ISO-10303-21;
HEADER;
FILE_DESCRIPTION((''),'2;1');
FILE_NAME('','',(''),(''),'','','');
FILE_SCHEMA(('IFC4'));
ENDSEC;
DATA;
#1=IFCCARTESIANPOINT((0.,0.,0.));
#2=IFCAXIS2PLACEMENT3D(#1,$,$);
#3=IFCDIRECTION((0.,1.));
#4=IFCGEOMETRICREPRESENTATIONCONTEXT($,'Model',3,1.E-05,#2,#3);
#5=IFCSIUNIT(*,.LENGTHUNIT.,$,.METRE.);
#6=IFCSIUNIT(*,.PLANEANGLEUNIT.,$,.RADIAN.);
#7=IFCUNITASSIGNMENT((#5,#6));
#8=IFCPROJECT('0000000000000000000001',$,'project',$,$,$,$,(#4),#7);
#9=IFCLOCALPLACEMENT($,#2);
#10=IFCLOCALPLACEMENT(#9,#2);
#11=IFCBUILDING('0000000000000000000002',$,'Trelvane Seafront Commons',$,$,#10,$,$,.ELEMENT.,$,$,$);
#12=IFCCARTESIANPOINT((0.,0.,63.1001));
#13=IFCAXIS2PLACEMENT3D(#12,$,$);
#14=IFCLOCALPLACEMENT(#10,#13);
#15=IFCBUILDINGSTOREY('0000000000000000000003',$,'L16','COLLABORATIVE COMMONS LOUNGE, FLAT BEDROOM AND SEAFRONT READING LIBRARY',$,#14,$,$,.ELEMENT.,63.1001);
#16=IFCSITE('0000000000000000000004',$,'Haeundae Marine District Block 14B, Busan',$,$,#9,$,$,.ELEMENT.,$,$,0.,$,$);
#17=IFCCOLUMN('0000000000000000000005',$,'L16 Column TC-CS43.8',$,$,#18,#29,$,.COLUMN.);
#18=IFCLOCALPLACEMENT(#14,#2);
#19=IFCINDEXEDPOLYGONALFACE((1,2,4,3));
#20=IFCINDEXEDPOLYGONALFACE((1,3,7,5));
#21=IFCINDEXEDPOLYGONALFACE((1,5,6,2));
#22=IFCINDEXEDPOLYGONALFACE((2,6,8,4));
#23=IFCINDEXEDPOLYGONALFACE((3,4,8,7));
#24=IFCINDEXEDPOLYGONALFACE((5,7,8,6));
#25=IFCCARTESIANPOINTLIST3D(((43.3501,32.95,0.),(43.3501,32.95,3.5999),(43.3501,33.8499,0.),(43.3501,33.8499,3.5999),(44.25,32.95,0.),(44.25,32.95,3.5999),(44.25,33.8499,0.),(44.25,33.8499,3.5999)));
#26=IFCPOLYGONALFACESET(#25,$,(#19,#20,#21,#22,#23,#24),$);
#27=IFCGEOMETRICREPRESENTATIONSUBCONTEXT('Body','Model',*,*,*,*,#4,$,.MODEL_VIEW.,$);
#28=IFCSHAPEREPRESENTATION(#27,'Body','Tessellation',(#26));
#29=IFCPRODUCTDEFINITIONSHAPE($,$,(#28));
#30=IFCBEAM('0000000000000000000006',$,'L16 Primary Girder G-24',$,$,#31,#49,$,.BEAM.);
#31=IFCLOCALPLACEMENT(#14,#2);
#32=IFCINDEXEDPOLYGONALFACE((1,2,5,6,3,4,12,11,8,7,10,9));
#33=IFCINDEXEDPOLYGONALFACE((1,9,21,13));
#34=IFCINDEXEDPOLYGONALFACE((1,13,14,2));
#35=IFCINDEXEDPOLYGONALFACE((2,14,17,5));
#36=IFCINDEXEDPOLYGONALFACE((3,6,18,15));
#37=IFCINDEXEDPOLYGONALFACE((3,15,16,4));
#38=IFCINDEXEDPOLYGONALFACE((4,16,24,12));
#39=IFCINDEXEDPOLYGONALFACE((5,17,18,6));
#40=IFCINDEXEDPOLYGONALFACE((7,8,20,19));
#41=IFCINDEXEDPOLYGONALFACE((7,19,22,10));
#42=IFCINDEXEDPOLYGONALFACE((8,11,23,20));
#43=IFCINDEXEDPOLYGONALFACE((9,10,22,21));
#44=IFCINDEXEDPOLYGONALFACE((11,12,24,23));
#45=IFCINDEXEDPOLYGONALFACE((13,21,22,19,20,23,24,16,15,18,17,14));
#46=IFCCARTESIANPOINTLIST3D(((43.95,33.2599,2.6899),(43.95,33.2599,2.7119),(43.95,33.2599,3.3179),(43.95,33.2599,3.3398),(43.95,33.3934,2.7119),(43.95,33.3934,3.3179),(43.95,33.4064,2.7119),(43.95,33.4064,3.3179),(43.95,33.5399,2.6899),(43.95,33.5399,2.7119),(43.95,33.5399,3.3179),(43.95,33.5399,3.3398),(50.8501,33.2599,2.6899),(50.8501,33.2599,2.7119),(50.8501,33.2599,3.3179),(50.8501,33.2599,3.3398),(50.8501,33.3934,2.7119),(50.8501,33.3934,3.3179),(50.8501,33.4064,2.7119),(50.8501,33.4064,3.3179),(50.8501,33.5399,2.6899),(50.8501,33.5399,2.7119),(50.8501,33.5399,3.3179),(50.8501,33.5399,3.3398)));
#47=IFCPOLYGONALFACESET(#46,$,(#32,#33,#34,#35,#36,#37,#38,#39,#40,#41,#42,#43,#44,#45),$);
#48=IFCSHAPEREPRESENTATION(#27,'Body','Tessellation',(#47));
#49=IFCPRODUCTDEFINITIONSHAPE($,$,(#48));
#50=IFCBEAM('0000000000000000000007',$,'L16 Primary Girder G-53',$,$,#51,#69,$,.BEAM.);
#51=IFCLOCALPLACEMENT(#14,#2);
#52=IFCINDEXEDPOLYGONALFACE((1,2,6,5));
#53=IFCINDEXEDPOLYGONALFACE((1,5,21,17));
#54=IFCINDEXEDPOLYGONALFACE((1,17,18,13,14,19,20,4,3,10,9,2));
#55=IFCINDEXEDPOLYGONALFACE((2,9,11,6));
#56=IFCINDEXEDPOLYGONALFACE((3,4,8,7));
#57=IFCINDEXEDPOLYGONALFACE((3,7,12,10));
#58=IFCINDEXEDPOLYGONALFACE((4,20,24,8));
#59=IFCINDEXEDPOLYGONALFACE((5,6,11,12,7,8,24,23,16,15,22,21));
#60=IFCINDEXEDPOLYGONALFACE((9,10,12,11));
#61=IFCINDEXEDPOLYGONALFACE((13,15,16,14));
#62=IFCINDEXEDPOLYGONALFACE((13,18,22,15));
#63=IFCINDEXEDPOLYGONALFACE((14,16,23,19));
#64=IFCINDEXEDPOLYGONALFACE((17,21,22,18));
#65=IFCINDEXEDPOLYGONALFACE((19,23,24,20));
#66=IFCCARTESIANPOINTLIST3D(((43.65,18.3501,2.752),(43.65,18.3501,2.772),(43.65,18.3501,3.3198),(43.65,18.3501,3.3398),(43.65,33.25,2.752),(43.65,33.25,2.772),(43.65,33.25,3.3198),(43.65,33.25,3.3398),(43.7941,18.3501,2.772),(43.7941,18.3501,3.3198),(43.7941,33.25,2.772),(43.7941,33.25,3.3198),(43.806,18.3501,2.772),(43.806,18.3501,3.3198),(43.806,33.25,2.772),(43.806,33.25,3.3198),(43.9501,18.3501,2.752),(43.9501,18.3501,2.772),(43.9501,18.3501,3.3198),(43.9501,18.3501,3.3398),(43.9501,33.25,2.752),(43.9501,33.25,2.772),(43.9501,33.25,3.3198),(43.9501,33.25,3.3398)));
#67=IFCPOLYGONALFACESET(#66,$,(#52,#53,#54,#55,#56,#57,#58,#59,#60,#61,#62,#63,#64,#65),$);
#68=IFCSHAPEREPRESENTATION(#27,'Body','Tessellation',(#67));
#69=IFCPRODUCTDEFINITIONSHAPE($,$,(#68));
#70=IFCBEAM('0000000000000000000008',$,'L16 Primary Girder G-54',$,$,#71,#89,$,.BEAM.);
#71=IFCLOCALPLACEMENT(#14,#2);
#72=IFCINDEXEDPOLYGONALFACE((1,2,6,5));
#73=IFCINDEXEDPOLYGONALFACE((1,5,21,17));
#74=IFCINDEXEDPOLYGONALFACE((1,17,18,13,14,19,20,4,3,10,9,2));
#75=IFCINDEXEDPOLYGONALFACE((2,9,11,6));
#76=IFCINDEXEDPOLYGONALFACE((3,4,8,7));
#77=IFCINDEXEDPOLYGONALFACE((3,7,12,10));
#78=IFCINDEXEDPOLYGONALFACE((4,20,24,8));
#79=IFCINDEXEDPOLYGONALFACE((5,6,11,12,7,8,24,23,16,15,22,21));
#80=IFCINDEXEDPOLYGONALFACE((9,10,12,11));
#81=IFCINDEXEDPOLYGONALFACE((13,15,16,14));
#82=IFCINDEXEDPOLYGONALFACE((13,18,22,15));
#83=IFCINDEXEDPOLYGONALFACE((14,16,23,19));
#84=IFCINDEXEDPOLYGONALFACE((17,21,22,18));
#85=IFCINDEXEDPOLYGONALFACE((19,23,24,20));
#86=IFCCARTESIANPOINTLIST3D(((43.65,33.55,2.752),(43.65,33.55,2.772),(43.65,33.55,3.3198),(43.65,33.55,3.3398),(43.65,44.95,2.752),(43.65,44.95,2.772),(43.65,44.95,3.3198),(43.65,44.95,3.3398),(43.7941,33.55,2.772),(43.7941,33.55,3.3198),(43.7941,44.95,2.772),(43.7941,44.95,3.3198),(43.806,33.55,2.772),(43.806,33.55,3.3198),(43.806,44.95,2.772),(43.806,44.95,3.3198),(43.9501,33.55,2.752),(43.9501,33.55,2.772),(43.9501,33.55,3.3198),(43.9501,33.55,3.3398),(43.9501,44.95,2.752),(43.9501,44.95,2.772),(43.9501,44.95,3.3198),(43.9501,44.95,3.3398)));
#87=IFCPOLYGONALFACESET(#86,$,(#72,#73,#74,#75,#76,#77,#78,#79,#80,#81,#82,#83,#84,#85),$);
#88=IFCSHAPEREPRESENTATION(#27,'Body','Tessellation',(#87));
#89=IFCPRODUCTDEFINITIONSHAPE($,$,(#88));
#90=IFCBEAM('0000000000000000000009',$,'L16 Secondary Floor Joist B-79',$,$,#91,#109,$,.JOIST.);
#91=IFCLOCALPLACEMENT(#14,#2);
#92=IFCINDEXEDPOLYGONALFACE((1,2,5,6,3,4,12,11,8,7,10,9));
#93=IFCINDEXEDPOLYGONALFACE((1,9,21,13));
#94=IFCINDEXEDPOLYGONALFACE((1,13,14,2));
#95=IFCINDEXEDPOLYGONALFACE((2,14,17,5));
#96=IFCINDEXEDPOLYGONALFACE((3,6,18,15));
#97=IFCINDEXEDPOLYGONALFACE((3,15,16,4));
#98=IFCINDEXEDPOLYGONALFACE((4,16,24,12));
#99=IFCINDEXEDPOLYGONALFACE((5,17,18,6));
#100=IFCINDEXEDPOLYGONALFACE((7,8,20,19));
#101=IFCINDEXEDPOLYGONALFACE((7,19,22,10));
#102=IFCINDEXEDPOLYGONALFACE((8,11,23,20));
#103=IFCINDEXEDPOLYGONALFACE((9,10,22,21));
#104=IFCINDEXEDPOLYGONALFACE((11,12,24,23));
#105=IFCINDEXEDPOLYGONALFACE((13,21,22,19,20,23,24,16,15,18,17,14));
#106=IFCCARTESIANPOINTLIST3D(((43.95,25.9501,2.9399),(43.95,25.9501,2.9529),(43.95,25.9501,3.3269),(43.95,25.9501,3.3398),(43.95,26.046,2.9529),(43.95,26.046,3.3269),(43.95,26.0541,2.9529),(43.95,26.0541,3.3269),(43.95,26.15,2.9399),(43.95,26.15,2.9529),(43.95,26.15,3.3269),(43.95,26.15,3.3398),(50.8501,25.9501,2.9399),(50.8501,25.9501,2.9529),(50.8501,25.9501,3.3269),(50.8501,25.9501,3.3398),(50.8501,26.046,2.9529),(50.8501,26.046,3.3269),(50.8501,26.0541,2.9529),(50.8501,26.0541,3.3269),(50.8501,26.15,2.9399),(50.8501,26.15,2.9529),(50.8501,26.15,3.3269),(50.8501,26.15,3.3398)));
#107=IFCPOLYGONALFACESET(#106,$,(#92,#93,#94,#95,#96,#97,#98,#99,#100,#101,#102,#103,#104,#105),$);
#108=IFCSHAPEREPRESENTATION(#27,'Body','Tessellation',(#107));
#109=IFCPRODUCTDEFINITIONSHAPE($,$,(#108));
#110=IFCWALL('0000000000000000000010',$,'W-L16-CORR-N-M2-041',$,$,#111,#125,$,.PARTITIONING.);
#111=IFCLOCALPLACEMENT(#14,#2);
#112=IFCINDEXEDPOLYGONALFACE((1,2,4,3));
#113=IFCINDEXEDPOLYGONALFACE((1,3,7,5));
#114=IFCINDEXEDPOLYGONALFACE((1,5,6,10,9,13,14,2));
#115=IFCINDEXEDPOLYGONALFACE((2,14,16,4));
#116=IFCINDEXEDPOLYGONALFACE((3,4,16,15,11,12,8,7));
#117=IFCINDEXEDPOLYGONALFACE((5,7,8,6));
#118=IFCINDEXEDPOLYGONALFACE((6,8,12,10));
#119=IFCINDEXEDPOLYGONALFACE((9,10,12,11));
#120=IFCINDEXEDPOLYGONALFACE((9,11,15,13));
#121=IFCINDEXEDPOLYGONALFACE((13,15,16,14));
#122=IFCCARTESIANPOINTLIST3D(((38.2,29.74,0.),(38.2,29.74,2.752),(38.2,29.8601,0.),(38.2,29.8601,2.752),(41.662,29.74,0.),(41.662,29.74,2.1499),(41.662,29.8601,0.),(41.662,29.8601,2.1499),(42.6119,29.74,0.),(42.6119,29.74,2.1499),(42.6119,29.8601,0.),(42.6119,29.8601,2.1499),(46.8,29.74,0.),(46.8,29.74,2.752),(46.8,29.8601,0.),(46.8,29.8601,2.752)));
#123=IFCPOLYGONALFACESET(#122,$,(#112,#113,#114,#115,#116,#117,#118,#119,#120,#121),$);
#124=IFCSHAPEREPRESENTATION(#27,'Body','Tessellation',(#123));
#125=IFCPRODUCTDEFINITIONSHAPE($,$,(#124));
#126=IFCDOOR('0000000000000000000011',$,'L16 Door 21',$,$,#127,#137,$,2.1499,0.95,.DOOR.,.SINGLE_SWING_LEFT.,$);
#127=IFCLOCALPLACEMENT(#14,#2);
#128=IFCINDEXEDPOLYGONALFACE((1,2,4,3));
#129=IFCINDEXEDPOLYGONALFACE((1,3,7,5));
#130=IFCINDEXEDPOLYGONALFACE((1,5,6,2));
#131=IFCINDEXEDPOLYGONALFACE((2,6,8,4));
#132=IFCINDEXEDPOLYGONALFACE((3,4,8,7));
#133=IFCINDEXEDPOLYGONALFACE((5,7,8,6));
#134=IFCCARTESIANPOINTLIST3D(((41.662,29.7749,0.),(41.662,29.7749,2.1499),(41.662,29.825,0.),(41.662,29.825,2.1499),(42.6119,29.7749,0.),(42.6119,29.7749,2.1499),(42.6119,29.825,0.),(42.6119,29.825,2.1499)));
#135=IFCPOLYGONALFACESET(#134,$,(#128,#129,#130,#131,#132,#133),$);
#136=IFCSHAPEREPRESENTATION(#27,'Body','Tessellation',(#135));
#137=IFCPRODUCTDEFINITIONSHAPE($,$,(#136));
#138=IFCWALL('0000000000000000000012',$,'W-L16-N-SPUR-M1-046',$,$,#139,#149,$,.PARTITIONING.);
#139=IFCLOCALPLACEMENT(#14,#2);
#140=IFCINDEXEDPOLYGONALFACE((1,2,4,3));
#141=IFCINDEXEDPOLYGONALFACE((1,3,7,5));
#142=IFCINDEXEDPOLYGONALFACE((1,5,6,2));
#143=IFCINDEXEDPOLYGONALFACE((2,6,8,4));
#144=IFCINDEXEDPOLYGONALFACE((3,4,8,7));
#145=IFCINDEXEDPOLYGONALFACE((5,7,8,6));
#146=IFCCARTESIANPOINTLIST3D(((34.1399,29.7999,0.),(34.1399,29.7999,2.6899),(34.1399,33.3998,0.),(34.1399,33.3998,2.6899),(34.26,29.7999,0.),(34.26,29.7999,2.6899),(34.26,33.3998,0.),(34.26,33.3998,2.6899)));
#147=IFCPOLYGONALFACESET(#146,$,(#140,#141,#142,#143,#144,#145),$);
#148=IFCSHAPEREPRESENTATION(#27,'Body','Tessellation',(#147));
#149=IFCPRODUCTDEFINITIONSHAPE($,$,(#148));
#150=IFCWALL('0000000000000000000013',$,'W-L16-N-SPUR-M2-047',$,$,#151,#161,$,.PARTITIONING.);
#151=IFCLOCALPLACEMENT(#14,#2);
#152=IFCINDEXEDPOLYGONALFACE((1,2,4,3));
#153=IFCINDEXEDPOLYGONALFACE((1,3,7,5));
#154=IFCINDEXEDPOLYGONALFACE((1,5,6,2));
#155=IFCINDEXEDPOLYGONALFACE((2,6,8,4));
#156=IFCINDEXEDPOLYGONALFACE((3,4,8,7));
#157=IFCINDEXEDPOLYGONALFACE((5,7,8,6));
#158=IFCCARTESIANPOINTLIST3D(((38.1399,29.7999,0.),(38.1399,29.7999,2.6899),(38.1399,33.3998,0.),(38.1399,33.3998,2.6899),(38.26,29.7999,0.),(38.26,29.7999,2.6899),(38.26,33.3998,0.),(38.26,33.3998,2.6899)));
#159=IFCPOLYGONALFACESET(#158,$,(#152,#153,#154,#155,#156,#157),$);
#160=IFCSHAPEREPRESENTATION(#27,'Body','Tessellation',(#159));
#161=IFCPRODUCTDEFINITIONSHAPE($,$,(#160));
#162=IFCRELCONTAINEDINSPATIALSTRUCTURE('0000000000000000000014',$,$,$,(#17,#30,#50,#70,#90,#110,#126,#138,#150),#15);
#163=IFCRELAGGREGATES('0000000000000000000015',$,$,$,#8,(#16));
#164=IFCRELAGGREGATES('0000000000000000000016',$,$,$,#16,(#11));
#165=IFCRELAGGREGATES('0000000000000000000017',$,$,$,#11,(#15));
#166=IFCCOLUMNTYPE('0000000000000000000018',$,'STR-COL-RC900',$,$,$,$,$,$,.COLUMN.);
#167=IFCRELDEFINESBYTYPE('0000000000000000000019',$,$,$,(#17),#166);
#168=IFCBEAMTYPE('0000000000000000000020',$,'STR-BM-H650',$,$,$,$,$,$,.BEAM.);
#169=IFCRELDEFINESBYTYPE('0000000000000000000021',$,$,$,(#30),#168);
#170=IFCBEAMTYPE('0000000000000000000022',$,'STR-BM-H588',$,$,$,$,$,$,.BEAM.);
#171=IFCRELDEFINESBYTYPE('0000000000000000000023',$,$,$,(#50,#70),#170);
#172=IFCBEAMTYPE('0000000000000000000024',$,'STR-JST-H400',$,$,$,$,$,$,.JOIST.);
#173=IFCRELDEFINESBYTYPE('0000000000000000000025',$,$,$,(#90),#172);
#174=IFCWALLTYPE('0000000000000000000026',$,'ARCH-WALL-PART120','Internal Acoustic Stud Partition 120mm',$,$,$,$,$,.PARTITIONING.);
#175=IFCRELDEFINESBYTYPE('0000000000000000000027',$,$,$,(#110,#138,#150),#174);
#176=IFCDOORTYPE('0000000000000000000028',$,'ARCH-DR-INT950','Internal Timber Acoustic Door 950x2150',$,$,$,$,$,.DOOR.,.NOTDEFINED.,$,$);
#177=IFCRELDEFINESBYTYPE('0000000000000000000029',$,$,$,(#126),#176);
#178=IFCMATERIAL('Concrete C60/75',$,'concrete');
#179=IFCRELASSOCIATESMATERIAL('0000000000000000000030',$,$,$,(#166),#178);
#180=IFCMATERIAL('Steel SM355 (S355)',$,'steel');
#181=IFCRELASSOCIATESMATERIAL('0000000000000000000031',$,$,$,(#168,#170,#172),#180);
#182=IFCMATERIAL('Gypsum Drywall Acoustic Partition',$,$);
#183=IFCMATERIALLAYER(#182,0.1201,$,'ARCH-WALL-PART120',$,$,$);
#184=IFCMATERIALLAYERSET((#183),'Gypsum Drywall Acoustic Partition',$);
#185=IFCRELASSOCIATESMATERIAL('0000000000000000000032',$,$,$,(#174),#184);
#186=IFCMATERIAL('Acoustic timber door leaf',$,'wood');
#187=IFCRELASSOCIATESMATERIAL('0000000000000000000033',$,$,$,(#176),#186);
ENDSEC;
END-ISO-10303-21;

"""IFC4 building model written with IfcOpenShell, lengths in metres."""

from ifc_helpers import new_model, si_unit, direction, frame, frame_2d, origin, origin_2d, place, context, subcontext, project, spatial, rectangle, i_section, extrude, source, transform, mapped, material, layer, layer_set, material_profile, profile_set, type_object, element, fill, save


model = new_model("IFC4")

# Units and contexts
model_context = context("Model", 3, precision=1e-05, world=origin(), true_north=direction((0.0, 1.0)))
body_context = subcontext(model_context, "Body", "Model", "MODEL_VIEW")
ifc_project = project(units=[si_unit("LENGTHUNIT", "METRE"), si_unit("PLANEANGLEUNIT", "RADIAN")], contexts=[model_context])

# Site, building, storey
site_placement = place(None, origin())
site = spatial("IfcSite", under=ifc_project, at=site_placement, Name="Haeundae Marine District Block 14B, Busan", CompositionType="ELEMENT", RefElevation=0.0)
building_placement = place(site_placement, origin())
building = spatial("IfcBuilding", under=site, at=building_placement, Name="Trelvane Seafront Commons", CompositionType="ELEMENT")
storey_placement = place(building_placement, frame((0.0, 0.0, 63.1001)))
storey = spatial("IfcBuildingStorey", under=building, at=storey_placement, Name="L16", Description="COLLABORATIVE COMMONS LOUNGE, FLAT BEDROOM AND SEAFRONT READING LIBRARY", CompositionType="ELEMENT", Elevation=63.1001)

# Column
ifc_material_1 = material(Name="Concrete C60/75", Category="concrete")
ifc_material_profile_1 = material_profile(ifc_material_1, rectangle(XDim=0.8999, YDim=0.8999, at=origin_2d()), Name="RC-900x900")
ifc_profile_set_1 = profile_set([ifc_material_profile_1], Name="Concrete C60/75")
column_type = type_object("IfcColumnType", Name="STR-COL-RC900", PredefinedType="COLUMN", material=ifc_profile_set_1)
shared_shape_1 = source(origin(), body_context, "Body", "SweptSolid", [
    extrude(rectangle(XDim=0.8999, YDim=0.8999, at=origin_2d()), origin(), (0.0, 0.0, 1.0), 3.5999),
])
column_placement = place(storey_placement, frame((43.8, 33.3999, 0.0), z_axis=(0.0, 0.0, 1.0), x_axis=(1.0, 0.0, 0.0)))
element("IfcColumn", 1, at=column_placement, inside=storey, type_object=column_type, Name="L16 Column TC-CS43.8", PredefinedType="COLUMN", context=body_context, shape_type="MappedRepresentation", body=[
    mapped(shared_shape_1, transform((0.0, 0.0, 0.0), x_axis=(1.0, 0.0, 0.0), y_axis=(0.0, 1.0, 0.0), z_axis=(0.0, 0.0, 1.0), scale=1.0)),
])

# Beams
ifc_material_2 = material(Name="Steel SM355 (S355)", Category="steel")
ifc_material_profile_2 = material_profile(ifc_material_2, i_section(OverallWidth=0.28, OverallDepth=0.6499, WebThickness=0.0129, FlangeThickness=0.022, at=origin_2d()), Name="H-650x280x13x22")
ifc_profile_set_2 = profile_set([ifc_material_profile_2], Name="Steel SM355 (S355)")
beam_type_1 = type_object("IfcBeamType", Name="STR-BM-H650", PredefinedType="BEAM", material=ifc_profile_set_2)
shared_shape_2 = source(origin(), body_context, "Body", "SweptSolid", [
    extrude(i_section(OverallWidth=0.28, OverallDepth=0.6499, WebThickness=0.0129, FlangeThickness=0.022, at=origin_2d()), origin(), (0.0, 0.0, 1.0), 6.9001),
])
beam_1_placement = place(storey_placement, frame((43.95, 33.3999, 3.0149), z_axis=(1.0, 0.0, 0.0), x_axis=(0.0, 1.0, 0.0)))
element("IfcBeam", 2, at=beam_1_placement, inside=storey, type_object=beam_type_1, Name="L16 Primary Girder G-24", PredefinedType="BEAM", context=body_context, shape_type="MappedRepresentation", body=[
    mapped(shared_shape_2, transform((0.0, 0.0, 0.0), x_axis=(1.0, 0.0, 0.0), y_axis=(0.0, 1.0, 0.0), z_axis=(0.0, 0.0, 1.0), scale=1.0)),
])
ifc_material_profile_3 = material_profile(ifc_material_2, i_section(OverallWidth=0.3, OverallDepth=0.5879, WebThickness=0.012, FlangeThickness=0.02, at=origin_2d()), Name="H-588x300x12x20")
ifc_profile_set_3 = profile_set([ifc_material_profile_3], Name="Steel SM355 (S355)")
beam_type_2 = type_object("IfcBeamType", Name="STR-BM-H588", PredefinedType="BEAM", material=ifc_profile_set_3)
shared_shape_3 = source(origin(), body_context, "Body", "SweptSolid", [
    extrude(i_section(OverallWidth=0.3, OverallDepth=0.5879, WebThickness=0.012, FlangeThickness=0.02, at=origin_2d()), origin(), (0.0, 0.0, 1.0), 14.8999),
])
beam_2_placement = place(storey_placement, frame((43.8, 18.3501, 3.0459), z_axis=(0.0, 1.0, 0.0), x_axis=(-1.0, 0.0, 0.0)))
element("IfcBeam", 3, at=beam_2_placement, inside=storey, type_object=beam_type_2, Name="L16 Primary Girder G-53", PredefinedType="BEAM", context=body_context, shape_type="MappedRepresentation", body=[
    mapped(shared_shape_3, transform((0.0, 0.0, 0.0), x_axis=(1.0, 0.0, 0.0), y_axis=(0.0, 1.0, 0.0), z_axis=(0.0, 0.0, 1.0), scale=1.0)),
])
shared_shape_4 = source(origin(), body_context, "Body", "SweptSolid", [
    extrude(i_section(OverallWidth=0.3, OverallDepth=0.5879, WebThickness=0.012, FlangeThickness=0.02, at=origin_2d()), origin(), (0.0, 0.0, 1.0), 11.3999),
])
beam_3_placement = place(storey_placement, frame((43.8, 33.55, 3.0459), z_axis=(0.0, 1.0, 0.0), x_axis=(-1.0, 0.0, 0.0)))
element("IfcBeam", 4, at=beam_3_placement, inside=storey, type_object=beam_type_2, Name="L16 Primary Girder G-54", PredefinedType="BEAM", context=body_context, shape_type="MappedRepresentation", body=[
    mapped(shared_shape_4, transform((0.0, 0.0, 0.0), x_axis=(1.0, 0.0, 0.0), y_axis=(0.0, 1.0, 0.0), z_axis=(0.0, 0.0, 1.0), scale=1.0)),
])
ifc_material_profile_4 = material_profile(ifc_material_2, i_section(OverallWidth=0.2, OverallDepth=0.3999, WebThickness=0.0081, FlangeThickness=0.0129, at=origin_2d()), Name="H-400x200x8x13")
ifc_profile_set_4 = profile_set([ifc_material_profile_4], Name="Steel SM355 (S355)")
beam_type_3 = type_object("IfcBeamType", Name="STR-JST-H400", PredefinedType="JOIST", material=ifc_profile_set_4)
shared_shape_5 = source(origin(), body_context, "Body", "SweptSolid", [
    extrude(i_section(OverallWidth=0.2, OverallDepth=0.3999, WebThickness=0.0081, FlangeThickness=0.0129, at=origin_2d()), origin(), (0.0, 0.0, 1.0), 6.9001),
])
beam_4_placement = place(storey_placement, frame((43.95, 26.05, 3.1399), z_axis=(1.0, 0.0, 0.0), x_axis=(0.0, 1.0, 0.0)))
element("IfcBeam", 5, at=beam_4_placement, inside=storey, type_object=beam_type_3, Name="L16 Secondary Floor Joist B-79", PredefinedType="JOIST", context=body_context, shape_type="MappedRepresentation", body=[
    mapped(shared_shape_5, transform((0.0, 0.0, 0.0), x_axis=(1.0, 0.0, 0.0), y_axis=(0.0, 1.0, 0.0), z_axis=(0.0, 0.0, 1.0), scale=1.0)),
])

# Wall, opening, door
ifc_material_3 = material(Name="Gypsum Drywall Acoustic Partition")
ifc_layer_1 = layer(ifc_material_3, 0.1201, Name="ARCH-WALL-PART120")
ifc_layer_set_1 = layer_set([ifc_layer_1], Name="Gypsum Drywall Acoustic Partition")
wall_type_1 = type_object("IfcWallType", Name="ARCH-WALL-PART120", Description="Internal Acoustic Stud Partition 120mm", PredefinedType="PARTITIONING", material=ifc_layer_set_1)
wall_1_placement = place(storey_placement, frame((38.2, 29.8, 0.0), z_axis=(0.0, 0.0, 1.0), x_axis=(1.0, 0.0, 0.0)))
wall_1 = element("IfcWall", 6, at=wall_1_placement, inside=storey, type_object=wall_type_1, Name="W-L16-CORR-N-M2-041", PredefinedType="PARTITIONING", context=body_context, shape_type="SweptSolid", body=[
    extrude(rectangle(XDim=8.6001, YDim=0.1201, at=frame_2d((4.3, 0.0))), origin(), (0.0, 0.0, 1.0), 2.752),
])
opening_1_placement = place(wall_1_placement, frame((3.4619, 0.0, 0.0)))
opening_1 = element("IfcOpeningElement", 7, at=opening_1_placement, cuts=wall_1, PredefinedType="OPENING", context=body_context, shape_type="SweptSolid", body=[
    extrude(rectangle(XDim=0.95, YDim=2.1499, at=frame_2d((0.4751, 1.075))), frame((0.0, 0.0701, 0.0), z_axis=(0.0, -1.0, 0.0), x_axis=(1.0, 0.0, 0.0)), (0.0, 0.0, 1.0), 0.1401),
])
ifc_material_4 = material(Name="Acoustic timber door leaf", Category="wood")
door_type_1 = type_object("IfcDoorType", Name="ARCH-DR-INT950", Description="Internal Timber Acoustic Door 950x2150", OperationType="NOTDEFINED", PredefinedType="DOOR", material=ifc_material_4)
shared_shape_6 = source(origin(), body_context, "Body", "SweptSolid", [
    extrude(rectangle(XDim=0.95, YDim=2.1499, at=frame_2d((0.4751, 1.075))), frame((0.0, 0.0249, 0.0), z_axis=(0.0, -1.0, 0.0), x_axis=(1.0, 0.0, 0.0)), (0.0, 0.0, 1.0), 0.05),
])
door_1_placement = place(opening_1_placement, origin())
door_1 = element("IfcDoor", 8, at=door_1_placement, inside=storey, type_object=door_type_1, Name="L16 Door 21", OperationType="SINGLE_SWING_LEFT", OverallHeight=2.1499, OverallWidth=0.95, PredefinedType="DOOR", context=body_context, shape_type="MappedRepresentation", body=[
    mapped(shared_shape_6, transform((0.0, 0.0, 0.0), x_axis=(1.0, 0.0, 0.0), y_axis=(0.0, 1.0, 0.0), z_axis=(0.0, 0.0, 1.0), scale=1.0)),
])
fill(opening_1, door_1)

# Walls
for number, where, z_axis, x_axis, name in (
    (9, (34.2, 29.8, 0.0), (0.0, 0.0, 1.0), (0.0, 1.0, 0.0), "W-L16-N-SPUR-M1-046"),
    (10, (38.2, 29.8, 0.0), (0.0, 0.0, 1.0), (0.0, 1.0, 0.0), "W-L16-N-SPUR-M2-047"),
):
    element("IfcWall", number, at=place(storey_placement, frame(where, z_axis=z_axis, x_axis=x_axis)), inside=storey, type_object=wall_type_1, Name=name, PredefinedType="PARTITIONING", context=body_context, shape_type="SweptSolid", body=[
        extrude(rectangle(XDim=3.5999, YDim=0.1201, at=frame_2d((1.7998, 0.0))), origin(), (0.0, 0.0, 1.0), 2.6899),
    ])

save(model, "model.ifc")
